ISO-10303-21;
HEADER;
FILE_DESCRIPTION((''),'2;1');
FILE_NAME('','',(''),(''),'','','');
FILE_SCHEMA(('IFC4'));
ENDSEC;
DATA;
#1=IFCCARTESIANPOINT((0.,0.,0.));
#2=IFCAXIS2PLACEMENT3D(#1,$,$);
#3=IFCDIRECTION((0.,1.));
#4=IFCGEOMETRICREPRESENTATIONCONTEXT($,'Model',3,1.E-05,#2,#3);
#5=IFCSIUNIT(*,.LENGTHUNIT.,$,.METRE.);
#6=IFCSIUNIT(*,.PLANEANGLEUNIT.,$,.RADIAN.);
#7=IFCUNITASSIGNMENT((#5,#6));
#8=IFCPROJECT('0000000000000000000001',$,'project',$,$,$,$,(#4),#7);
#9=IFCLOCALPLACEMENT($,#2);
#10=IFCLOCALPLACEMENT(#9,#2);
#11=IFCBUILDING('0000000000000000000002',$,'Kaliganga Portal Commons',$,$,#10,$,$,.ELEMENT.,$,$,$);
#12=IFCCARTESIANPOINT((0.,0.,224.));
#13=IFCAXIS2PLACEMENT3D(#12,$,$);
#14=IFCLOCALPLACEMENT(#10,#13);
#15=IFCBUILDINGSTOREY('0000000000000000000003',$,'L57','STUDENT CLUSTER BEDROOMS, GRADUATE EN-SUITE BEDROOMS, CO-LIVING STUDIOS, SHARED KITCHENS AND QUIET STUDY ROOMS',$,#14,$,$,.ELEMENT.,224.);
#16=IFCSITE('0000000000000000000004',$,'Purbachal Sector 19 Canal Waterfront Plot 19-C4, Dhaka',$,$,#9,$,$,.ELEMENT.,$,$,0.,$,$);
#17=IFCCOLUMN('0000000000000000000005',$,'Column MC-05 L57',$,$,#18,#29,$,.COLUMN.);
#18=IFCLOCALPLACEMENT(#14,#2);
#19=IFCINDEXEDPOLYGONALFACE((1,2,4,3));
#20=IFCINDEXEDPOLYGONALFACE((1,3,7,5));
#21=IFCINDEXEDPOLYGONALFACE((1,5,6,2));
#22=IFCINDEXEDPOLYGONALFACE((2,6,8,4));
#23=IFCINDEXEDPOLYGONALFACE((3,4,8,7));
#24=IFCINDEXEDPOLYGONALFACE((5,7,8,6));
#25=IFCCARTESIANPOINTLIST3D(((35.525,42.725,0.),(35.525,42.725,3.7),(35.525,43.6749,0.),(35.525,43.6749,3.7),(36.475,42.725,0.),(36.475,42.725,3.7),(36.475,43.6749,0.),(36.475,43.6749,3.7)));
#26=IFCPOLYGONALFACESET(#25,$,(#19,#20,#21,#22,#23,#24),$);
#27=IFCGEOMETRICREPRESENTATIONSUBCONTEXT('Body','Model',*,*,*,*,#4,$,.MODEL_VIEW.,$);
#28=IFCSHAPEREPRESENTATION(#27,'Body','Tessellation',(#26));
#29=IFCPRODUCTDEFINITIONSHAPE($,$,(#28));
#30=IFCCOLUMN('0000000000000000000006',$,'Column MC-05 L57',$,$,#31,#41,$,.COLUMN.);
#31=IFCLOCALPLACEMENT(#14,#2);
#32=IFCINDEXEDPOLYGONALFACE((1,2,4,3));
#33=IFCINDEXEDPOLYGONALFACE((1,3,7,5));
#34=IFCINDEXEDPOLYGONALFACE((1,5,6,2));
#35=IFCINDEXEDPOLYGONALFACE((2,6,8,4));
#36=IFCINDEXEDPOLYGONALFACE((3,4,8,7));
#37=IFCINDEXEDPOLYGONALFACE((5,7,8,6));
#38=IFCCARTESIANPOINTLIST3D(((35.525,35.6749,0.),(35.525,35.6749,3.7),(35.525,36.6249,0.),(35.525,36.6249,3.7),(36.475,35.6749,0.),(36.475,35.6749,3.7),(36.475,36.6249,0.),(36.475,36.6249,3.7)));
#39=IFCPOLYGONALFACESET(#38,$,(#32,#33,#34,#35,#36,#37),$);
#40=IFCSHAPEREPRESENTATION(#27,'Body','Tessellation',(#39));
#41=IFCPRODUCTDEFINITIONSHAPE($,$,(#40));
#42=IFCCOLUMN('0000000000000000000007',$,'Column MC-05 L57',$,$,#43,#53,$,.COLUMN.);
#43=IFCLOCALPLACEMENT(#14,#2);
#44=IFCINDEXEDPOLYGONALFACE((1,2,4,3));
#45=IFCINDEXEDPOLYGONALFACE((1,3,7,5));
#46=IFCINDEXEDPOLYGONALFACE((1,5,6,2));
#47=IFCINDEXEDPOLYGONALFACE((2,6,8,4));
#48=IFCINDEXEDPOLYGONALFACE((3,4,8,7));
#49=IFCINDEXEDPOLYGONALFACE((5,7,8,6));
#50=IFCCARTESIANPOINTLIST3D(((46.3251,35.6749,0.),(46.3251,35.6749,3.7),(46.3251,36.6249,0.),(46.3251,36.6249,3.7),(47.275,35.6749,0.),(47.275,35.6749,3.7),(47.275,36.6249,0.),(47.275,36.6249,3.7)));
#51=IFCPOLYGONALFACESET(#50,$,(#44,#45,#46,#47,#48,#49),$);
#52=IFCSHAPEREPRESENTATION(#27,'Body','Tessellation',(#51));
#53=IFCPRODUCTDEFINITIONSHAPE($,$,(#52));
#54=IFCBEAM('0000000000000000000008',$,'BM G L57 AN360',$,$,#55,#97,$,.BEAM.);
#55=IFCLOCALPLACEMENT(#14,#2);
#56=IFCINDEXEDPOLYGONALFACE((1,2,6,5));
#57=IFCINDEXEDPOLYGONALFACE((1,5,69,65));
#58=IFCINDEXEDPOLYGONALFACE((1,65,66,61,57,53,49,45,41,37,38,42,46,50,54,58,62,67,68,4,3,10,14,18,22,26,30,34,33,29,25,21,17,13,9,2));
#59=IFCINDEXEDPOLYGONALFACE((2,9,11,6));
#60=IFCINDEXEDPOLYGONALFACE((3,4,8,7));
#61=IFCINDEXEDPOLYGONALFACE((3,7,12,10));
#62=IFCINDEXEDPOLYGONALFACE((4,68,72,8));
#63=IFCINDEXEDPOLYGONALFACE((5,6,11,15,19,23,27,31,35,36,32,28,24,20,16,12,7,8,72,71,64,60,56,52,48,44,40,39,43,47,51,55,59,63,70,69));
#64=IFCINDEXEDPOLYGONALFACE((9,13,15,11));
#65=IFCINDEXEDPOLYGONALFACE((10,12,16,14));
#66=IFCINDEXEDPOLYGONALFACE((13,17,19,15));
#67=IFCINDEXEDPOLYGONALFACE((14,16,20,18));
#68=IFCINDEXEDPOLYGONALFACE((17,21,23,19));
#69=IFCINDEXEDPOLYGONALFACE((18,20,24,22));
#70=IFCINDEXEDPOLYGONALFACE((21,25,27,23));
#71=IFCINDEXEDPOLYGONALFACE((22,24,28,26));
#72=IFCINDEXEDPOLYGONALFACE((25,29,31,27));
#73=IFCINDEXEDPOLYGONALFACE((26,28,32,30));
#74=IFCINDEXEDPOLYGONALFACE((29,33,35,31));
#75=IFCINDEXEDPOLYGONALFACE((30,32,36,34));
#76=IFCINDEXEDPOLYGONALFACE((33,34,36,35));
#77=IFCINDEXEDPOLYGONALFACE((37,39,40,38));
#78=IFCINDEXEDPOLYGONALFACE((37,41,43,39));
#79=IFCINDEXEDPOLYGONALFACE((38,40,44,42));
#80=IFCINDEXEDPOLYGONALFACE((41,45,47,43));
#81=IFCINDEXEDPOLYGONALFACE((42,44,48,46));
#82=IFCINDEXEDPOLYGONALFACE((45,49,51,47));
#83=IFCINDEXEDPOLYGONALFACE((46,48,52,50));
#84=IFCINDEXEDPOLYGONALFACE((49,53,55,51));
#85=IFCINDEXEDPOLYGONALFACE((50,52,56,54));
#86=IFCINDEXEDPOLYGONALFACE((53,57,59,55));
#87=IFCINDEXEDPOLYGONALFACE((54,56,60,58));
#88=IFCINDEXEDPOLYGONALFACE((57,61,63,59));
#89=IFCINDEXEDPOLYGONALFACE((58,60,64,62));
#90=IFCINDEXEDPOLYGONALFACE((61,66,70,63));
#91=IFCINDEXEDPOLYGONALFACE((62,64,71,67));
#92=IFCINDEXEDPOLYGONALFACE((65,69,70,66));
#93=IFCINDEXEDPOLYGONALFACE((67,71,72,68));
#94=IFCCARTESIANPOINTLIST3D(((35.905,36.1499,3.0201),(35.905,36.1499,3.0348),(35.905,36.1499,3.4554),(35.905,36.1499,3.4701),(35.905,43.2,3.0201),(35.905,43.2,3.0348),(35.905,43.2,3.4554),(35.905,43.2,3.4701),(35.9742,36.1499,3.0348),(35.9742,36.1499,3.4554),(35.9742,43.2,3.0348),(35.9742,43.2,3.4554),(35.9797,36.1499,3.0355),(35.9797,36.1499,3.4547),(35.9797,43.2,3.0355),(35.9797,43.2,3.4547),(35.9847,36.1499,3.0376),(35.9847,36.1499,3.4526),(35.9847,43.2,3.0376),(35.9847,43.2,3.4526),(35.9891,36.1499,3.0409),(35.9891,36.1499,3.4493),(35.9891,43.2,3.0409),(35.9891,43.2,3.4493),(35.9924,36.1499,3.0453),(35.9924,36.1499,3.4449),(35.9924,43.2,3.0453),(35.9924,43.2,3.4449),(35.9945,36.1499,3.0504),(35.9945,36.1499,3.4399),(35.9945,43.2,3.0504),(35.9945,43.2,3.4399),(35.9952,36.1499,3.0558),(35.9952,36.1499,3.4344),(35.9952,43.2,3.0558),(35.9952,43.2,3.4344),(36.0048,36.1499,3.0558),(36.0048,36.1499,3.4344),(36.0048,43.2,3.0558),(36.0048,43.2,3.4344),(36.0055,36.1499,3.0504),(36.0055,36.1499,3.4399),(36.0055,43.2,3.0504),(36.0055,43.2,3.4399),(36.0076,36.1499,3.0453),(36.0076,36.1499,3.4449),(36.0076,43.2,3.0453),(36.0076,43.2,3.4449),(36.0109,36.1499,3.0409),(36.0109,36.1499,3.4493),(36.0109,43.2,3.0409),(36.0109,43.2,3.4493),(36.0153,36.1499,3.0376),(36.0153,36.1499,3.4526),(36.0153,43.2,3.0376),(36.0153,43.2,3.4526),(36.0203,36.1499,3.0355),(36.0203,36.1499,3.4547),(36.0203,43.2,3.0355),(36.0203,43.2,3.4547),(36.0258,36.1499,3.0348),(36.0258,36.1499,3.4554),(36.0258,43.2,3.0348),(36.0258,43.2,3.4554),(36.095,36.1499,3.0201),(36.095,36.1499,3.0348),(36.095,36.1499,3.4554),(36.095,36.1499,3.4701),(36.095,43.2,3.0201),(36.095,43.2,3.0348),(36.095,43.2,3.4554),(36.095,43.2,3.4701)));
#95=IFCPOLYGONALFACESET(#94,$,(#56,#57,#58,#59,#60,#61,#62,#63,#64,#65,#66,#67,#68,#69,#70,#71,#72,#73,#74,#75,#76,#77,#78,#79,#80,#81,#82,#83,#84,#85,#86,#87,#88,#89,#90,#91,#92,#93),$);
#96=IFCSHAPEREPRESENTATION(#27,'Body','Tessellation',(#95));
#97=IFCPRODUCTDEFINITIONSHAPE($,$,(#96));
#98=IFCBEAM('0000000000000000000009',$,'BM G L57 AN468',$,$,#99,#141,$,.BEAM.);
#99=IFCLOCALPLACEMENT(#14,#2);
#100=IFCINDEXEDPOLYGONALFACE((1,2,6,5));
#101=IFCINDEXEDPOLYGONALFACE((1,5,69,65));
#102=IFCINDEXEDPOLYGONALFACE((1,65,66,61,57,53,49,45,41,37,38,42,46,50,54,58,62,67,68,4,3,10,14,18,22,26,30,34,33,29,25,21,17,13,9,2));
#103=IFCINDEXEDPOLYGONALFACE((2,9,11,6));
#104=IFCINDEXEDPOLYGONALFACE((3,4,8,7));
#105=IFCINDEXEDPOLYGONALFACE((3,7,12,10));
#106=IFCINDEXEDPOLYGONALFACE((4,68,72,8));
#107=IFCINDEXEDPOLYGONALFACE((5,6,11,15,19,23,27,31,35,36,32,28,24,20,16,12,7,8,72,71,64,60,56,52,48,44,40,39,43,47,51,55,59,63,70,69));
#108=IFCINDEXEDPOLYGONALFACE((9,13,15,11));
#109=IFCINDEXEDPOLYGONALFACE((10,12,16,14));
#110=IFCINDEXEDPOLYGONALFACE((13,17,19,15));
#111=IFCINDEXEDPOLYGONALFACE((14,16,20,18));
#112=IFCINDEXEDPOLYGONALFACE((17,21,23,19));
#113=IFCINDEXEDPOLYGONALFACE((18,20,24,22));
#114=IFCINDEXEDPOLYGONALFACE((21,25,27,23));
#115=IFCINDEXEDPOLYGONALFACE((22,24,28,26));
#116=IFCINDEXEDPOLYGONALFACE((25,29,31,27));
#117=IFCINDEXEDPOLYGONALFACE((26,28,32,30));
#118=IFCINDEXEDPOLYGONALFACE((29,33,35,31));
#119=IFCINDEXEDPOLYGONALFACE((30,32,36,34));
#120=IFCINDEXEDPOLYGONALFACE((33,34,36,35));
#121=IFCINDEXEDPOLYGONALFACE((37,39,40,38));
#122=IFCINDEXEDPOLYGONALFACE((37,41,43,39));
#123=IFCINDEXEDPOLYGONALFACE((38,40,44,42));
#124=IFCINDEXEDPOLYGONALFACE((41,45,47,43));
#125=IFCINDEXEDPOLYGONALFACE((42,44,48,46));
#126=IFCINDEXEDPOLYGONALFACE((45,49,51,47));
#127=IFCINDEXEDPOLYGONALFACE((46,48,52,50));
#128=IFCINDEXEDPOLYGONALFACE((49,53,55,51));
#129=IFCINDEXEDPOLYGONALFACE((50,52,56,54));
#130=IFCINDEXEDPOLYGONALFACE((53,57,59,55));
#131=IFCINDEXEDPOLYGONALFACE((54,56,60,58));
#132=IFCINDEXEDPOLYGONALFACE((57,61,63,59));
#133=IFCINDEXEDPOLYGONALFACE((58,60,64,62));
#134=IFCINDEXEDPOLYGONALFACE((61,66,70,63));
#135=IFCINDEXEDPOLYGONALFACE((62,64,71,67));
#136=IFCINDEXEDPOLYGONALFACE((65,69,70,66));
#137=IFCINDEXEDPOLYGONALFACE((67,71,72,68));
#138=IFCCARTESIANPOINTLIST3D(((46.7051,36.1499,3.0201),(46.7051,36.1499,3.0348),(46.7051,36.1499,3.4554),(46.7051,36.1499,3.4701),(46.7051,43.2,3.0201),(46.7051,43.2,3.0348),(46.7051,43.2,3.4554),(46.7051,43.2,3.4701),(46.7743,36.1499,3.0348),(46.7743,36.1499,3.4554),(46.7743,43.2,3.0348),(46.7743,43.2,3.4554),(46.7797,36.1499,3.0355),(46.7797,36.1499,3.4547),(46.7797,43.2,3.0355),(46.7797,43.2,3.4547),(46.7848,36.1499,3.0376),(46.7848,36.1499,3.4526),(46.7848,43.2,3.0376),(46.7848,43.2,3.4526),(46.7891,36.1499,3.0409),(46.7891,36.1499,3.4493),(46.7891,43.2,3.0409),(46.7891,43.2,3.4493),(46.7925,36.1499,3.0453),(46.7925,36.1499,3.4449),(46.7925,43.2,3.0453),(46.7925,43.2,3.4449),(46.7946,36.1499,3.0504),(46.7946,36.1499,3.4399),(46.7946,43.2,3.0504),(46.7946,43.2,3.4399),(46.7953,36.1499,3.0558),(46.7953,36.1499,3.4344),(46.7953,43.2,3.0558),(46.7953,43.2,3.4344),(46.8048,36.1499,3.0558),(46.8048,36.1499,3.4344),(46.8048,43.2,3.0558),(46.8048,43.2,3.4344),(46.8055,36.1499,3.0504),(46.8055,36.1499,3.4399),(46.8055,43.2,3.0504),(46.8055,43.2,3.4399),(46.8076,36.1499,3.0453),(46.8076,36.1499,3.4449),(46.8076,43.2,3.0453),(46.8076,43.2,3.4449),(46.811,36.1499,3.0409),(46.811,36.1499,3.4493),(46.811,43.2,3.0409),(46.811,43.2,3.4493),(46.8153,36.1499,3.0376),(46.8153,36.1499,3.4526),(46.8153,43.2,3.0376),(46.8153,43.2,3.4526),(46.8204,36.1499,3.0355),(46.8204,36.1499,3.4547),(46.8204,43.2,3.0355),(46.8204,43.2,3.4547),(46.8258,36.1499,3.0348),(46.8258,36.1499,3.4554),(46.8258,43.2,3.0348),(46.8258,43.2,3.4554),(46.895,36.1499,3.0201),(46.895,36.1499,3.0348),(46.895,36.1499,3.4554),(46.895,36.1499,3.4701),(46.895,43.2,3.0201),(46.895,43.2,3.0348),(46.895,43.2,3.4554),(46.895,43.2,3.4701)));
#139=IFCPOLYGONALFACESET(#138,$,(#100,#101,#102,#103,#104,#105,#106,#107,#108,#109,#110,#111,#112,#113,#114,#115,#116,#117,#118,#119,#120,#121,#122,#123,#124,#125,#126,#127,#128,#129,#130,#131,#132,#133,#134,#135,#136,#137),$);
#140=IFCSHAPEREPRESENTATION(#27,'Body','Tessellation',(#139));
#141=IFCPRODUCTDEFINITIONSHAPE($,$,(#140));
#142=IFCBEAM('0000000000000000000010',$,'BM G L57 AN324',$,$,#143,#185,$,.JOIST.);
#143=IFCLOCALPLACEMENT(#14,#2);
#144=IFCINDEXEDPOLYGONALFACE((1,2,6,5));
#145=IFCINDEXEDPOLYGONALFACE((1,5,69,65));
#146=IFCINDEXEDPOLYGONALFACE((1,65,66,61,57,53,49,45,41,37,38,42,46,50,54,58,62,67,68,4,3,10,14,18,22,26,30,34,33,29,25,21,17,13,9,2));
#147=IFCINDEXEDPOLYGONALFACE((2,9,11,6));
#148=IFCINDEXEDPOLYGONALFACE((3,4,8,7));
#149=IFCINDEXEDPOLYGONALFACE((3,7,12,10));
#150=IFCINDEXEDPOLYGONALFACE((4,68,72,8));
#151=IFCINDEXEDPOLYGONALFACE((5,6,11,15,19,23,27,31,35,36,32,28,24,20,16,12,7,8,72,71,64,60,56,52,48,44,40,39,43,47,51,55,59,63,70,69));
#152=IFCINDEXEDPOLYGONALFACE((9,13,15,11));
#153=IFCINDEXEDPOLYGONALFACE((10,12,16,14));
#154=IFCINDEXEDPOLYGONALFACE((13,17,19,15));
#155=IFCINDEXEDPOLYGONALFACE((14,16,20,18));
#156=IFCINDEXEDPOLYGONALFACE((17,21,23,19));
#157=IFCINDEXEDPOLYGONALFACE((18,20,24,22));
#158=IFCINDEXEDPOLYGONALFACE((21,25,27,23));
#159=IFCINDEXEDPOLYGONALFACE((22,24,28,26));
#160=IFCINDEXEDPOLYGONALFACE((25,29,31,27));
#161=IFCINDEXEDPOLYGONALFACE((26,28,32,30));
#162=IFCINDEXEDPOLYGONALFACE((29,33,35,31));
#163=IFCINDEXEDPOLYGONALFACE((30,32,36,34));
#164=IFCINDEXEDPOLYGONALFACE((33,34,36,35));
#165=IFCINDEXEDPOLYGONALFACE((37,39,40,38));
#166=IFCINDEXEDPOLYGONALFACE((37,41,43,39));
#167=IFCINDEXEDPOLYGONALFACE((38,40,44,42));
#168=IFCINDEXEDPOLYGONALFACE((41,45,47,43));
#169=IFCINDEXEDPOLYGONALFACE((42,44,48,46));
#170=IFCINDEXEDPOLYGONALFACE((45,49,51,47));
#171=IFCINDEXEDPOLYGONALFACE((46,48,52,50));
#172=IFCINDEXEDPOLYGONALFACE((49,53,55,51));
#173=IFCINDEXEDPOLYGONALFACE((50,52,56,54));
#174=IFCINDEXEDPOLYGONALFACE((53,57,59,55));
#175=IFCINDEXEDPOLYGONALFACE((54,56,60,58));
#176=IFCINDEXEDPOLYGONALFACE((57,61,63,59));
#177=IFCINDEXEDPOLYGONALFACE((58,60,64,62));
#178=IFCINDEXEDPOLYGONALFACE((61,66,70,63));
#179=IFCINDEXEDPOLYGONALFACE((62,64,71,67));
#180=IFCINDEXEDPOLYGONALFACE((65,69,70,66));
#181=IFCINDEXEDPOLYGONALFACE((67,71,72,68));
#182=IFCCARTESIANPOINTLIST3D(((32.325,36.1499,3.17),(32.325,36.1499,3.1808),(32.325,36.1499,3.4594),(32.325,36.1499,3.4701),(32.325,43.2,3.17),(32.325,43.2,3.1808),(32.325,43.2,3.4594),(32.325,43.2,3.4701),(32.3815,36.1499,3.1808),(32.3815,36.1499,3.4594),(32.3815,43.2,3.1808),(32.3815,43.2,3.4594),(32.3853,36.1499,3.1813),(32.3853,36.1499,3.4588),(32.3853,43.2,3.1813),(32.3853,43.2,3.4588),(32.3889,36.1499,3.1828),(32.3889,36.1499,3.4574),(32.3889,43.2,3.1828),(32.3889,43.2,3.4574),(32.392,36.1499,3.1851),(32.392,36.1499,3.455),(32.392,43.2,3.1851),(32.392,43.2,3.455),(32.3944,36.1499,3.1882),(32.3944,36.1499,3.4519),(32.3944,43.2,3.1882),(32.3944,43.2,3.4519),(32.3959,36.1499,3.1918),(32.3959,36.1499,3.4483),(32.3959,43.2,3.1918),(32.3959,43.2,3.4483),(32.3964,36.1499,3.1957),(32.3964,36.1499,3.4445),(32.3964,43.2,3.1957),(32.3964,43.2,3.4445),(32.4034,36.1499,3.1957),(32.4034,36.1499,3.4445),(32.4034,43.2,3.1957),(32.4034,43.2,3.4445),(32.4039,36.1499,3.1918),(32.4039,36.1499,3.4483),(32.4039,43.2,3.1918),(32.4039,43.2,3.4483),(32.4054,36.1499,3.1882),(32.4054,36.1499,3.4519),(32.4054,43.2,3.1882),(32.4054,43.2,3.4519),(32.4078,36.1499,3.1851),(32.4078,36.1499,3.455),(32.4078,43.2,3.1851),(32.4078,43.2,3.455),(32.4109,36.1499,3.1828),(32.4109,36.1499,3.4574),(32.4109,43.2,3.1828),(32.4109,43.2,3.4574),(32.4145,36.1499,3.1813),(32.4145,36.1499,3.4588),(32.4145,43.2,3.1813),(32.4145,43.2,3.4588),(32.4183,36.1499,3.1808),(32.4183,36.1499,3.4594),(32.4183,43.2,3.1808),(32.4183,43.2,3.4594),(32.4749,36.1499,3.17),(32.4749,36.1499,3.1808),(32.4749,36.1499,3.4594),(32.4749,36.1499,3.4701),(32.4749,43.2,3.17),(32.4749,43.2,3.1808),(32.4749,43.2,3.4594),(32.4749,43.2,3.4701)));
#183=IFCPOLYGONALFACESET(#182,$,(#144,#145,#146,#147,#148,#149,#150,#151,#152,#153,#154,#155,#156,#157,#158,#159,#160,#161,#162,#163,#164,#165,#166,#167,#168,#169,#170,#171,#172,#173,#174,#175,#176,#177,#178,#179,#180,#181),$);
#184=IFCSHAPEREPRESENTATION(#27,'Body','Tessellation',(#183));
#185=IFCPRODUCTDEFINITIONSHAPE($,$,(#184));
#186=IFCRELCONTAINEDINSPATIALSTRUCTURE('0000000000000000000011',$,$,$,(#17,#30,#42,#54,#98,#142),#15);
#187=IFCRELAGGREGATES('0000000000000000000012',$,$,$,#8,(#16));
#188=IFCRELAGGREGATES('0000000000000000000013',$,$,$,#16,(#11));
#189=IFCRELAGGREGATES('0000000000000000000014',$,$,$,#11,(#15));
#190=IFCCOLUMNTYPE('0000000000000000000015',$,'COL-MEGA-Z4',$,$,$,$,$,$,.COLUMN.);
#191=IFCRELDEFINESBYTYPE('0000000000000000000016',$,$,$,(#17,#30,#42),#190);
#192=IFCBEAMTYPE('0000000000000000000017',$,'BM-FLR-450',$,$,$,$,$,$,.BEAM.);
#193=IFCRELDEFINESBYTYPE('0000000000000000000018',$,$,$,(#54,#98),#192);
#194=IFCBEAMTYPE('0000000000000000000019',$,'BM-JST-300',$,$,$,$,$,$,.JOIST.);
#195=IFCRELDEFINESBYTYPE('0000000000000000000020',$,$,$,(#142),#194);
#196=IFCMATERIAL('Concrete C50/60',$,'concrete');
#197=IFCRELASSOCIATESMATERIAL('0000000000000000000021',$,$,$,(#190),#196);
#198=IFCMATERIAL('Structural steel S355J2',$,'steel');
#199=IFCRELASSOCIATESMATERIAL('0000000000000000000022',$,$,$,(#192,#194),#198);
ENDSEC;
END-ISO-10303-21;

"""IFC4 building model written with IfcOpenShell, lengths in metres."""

from ifc_helpers import new_model, si_unit, direction, frame, origin, origin_2d, place, context, subcontext, project, spatial, rectangle, i_section, extrude, source, transform, mapped, material, material_profile, profile_set, type_object, element, save


model = new_model("IFC4")

# Units and contexts
model_context = context("Model", 3, precision=1e-05, world=origin(), true_north=direction((0.0, 1.0)))
body_context = subcontext(model_context, "Body", "Model", "MODEL_VIEW")
ifc_project = project(units=[si_unit("LENGTHUNIT", "METRE"), si_unit("PLANEANGLEUNIT", "RADIAN")], contexts=[model_context])

# Site, building, storey
site_placement = place(None, origin())
site = spatial("IfcSite", under=ifc_project, at=site_placement, Name="Purbachal Sector 19 Canal Waterfront Plot 19-C4, Dhaka", CompositionType="ELEMENT", RefElevation=0.0)
building_placement = place(site_placement, origin())
building = spatial("IfcBuilding", under=site, at=building_placement, Name="Kaliganga Portal Commons", CompositionType="ELEMENT")
storey_placement = place(building_placement, frame((0.0, 0.0, 224.0)))
storey = spatial("IfcBuildingStorey", under=building, at=storey_placement, Name="L57", Description="STUDENT CLUSTER BEDROOMS, GRADUATE EN-SUITE BEDROOMS, CO-LIVING STUDIOS, SHARED KITCHENS AND QUIET STUDY ROOMS", CompositionType="ELEMENT", Elevation=224.0)

# Columns
ifc_material_1 = material(Name="Concrete C50/60", Category="concrete")
ifc_material_profile_1 = material_profile(ifc_material_1, rectangle(XDim=0.95, YDim=0.95, at=origin_2d()), Name="RC 950x950")
ifc_profile_set_1 = profile_set([ifc_material_profile_1], Name="Concrete C50/60")
column_type = type_object("IfcColumnType", Name="COL-MEGA-Z4", PredefinedType="COLUMN", material=ifc_profile_set_1)
shared_shape_1 = source(origin(), body_context, "Body", "SweptSolid", [
    extrude(rectangle(XDim=0.95, YDim=0.95, at=origin_2d()), origin(), (0.0, 0.0, 1.0), 3.7),
])
for number, where, z_axis, x_axis, name in (
    (1, (36.0, 43.2, 0.0), (0.0, 0.0, 1.0), (1.0, 0.0, 0.0), "Column MC-05 L57"),
    (2, (36.0, 36.1499, 0.0), (0.0, 0.0, 1.0), (1.0, 0.0, 0.0), "Column MC-05 L57"),
    (3, (46.8, 36.1499, 0.0), (0.0, 0.0, 1.0), (1.0, 0.0, 0.0), "Column MC-05 L57"),
):
    element("IfcColumn", number, at=place(storey_placement, frame(where, z_axis=z_axis, x_axis=x_axis)), inside=storey, type_object=column_type, Name=name, PredefinedType="COLUMN", context=body_context, shape_type="MappedRepresentation", body=[
        mapped(shared_shape_1, transform((0.0, 0.0, 0.0), x_axis=(1.0, 0.0, 0.0), y_axis=(0.0, 1.0, 0.0), z_axis=(0.0, 0.0, 1.0), scale=1.0)),
    ])

# Beams
ifc_material_2 = material(Name="Structural steel S355J2", Category="steel")
ifc_material_profile_2 = material_profile(ifc_material_2, i_section(OverallWidth=0.1899, OverallDepth=0.45, WebThickness=0.0095, FlangeThickness=0.0146, FilletRadius=0.021, at=origin_2d()), Name="IPE 450")
ifc_profile_set_2 = profile_set([ifc_material_profile_2], Name="Structural steel S355J2 wide-flange")
beam_type_1 = type_object("IfcBeamType", Name="BM-FLR-450", PredefinedType="BEAM", material=ifc_profile_set_2)
shared_shape_2 = source(origin(), body_context, "Body", "SweptSolid", [
    extrude(i_section(OverallWidth=0.1899, OverallDepth=0.45, WebThickness=0.0095, FlangeThickness=0.0146, FilletRadius=0.021, at=origin_2d()), origin(), (0.0, 0.0, 1.0), 7.05),
])
for number, where, z_axis, x_axis, name in (
    (4, (36.0, 36.1499, 3.2451), (0.0, 1.0, 0.0), (-1.0, 0.0, 0.0), "BM G L57 AN360"),
    (5, (46.8, 36.1499, 3.2451), (0.0, 1.0, 0.0), (-1.0, 0.0, 0.0), "BM G L57 AN468"),
):
    element("IfcBeam", number, at=place(storey_placement, frame(where, z_axis=z_axis, x_axis=x_axis)), inside=storey, type_object=beam_type_1, Name=name, PredefinedType="BEAM", context=body_context, shape_type="MappedRepresentation", body=[
        mapped(shared_shape_2, transform((0.0, 0.0, 0.0), x_axis=(1.0, 0.0, 0.0), y_axis=(0.0, 1.0, 0.0), z_axis=(0.0, 0.0, 1.0), scale=1.0)),
    ])
ifc_material_profile_3 = material_profile(ifc_material_2, i_section(OverallWidth=0.1499, OverallDepth=0.3, WebThickness=0.0071, FlangeThickness=0.0107, FilletRadius=0.0149, at=origin_2d()), Name="IPE 300")
ifc_profile_set_3 = profile_set([ifc_material_profile_3], Name="Structural steel S355J2 wide-flange")
beam_type_2 = type_object("IfcBeamType", Name="BM-JST-300", PredefinedType="JOIST", material=ifc_profile_set_3)
shared_shape_3 = source(origin(), body_context, "Body", "SweptSolid", [
    extrude(i_section(OverallWidth=0.1499, OverallDepth=0.3, WebThickness=0.0071, FlangeThickness=0.0107, FilletRadius=0.0149, at=origin_2d()), origin(), (0.0, 0.0, 1.0), 7.05),
])
beam_1_placement = place(storey_placement, frame((32.3999, 36.1499, 3.3201), z_axis=(0.0, 1.0, 0.0), x_axis=(-1.0, 0.0, 0.0)))
element("IfcBeam", 6, at=beam_1_placement, inside=storey, type_object=beam_type_2, Name="BM G L57 AN324", PredefinedType="JOIST", context=body_context, shape_type="MappedRepresentation", body=[
    mapped(shared_shape_3, transform((0.0, 0.0, 0.0), x_axis=(1.0, 0.0, 0.0), y_axis=(0.0, 1.0, 0.0), z_axis=(0.0, 0.0, 1.0), scale=1.0)),
])

save(model, "model.ifc")
